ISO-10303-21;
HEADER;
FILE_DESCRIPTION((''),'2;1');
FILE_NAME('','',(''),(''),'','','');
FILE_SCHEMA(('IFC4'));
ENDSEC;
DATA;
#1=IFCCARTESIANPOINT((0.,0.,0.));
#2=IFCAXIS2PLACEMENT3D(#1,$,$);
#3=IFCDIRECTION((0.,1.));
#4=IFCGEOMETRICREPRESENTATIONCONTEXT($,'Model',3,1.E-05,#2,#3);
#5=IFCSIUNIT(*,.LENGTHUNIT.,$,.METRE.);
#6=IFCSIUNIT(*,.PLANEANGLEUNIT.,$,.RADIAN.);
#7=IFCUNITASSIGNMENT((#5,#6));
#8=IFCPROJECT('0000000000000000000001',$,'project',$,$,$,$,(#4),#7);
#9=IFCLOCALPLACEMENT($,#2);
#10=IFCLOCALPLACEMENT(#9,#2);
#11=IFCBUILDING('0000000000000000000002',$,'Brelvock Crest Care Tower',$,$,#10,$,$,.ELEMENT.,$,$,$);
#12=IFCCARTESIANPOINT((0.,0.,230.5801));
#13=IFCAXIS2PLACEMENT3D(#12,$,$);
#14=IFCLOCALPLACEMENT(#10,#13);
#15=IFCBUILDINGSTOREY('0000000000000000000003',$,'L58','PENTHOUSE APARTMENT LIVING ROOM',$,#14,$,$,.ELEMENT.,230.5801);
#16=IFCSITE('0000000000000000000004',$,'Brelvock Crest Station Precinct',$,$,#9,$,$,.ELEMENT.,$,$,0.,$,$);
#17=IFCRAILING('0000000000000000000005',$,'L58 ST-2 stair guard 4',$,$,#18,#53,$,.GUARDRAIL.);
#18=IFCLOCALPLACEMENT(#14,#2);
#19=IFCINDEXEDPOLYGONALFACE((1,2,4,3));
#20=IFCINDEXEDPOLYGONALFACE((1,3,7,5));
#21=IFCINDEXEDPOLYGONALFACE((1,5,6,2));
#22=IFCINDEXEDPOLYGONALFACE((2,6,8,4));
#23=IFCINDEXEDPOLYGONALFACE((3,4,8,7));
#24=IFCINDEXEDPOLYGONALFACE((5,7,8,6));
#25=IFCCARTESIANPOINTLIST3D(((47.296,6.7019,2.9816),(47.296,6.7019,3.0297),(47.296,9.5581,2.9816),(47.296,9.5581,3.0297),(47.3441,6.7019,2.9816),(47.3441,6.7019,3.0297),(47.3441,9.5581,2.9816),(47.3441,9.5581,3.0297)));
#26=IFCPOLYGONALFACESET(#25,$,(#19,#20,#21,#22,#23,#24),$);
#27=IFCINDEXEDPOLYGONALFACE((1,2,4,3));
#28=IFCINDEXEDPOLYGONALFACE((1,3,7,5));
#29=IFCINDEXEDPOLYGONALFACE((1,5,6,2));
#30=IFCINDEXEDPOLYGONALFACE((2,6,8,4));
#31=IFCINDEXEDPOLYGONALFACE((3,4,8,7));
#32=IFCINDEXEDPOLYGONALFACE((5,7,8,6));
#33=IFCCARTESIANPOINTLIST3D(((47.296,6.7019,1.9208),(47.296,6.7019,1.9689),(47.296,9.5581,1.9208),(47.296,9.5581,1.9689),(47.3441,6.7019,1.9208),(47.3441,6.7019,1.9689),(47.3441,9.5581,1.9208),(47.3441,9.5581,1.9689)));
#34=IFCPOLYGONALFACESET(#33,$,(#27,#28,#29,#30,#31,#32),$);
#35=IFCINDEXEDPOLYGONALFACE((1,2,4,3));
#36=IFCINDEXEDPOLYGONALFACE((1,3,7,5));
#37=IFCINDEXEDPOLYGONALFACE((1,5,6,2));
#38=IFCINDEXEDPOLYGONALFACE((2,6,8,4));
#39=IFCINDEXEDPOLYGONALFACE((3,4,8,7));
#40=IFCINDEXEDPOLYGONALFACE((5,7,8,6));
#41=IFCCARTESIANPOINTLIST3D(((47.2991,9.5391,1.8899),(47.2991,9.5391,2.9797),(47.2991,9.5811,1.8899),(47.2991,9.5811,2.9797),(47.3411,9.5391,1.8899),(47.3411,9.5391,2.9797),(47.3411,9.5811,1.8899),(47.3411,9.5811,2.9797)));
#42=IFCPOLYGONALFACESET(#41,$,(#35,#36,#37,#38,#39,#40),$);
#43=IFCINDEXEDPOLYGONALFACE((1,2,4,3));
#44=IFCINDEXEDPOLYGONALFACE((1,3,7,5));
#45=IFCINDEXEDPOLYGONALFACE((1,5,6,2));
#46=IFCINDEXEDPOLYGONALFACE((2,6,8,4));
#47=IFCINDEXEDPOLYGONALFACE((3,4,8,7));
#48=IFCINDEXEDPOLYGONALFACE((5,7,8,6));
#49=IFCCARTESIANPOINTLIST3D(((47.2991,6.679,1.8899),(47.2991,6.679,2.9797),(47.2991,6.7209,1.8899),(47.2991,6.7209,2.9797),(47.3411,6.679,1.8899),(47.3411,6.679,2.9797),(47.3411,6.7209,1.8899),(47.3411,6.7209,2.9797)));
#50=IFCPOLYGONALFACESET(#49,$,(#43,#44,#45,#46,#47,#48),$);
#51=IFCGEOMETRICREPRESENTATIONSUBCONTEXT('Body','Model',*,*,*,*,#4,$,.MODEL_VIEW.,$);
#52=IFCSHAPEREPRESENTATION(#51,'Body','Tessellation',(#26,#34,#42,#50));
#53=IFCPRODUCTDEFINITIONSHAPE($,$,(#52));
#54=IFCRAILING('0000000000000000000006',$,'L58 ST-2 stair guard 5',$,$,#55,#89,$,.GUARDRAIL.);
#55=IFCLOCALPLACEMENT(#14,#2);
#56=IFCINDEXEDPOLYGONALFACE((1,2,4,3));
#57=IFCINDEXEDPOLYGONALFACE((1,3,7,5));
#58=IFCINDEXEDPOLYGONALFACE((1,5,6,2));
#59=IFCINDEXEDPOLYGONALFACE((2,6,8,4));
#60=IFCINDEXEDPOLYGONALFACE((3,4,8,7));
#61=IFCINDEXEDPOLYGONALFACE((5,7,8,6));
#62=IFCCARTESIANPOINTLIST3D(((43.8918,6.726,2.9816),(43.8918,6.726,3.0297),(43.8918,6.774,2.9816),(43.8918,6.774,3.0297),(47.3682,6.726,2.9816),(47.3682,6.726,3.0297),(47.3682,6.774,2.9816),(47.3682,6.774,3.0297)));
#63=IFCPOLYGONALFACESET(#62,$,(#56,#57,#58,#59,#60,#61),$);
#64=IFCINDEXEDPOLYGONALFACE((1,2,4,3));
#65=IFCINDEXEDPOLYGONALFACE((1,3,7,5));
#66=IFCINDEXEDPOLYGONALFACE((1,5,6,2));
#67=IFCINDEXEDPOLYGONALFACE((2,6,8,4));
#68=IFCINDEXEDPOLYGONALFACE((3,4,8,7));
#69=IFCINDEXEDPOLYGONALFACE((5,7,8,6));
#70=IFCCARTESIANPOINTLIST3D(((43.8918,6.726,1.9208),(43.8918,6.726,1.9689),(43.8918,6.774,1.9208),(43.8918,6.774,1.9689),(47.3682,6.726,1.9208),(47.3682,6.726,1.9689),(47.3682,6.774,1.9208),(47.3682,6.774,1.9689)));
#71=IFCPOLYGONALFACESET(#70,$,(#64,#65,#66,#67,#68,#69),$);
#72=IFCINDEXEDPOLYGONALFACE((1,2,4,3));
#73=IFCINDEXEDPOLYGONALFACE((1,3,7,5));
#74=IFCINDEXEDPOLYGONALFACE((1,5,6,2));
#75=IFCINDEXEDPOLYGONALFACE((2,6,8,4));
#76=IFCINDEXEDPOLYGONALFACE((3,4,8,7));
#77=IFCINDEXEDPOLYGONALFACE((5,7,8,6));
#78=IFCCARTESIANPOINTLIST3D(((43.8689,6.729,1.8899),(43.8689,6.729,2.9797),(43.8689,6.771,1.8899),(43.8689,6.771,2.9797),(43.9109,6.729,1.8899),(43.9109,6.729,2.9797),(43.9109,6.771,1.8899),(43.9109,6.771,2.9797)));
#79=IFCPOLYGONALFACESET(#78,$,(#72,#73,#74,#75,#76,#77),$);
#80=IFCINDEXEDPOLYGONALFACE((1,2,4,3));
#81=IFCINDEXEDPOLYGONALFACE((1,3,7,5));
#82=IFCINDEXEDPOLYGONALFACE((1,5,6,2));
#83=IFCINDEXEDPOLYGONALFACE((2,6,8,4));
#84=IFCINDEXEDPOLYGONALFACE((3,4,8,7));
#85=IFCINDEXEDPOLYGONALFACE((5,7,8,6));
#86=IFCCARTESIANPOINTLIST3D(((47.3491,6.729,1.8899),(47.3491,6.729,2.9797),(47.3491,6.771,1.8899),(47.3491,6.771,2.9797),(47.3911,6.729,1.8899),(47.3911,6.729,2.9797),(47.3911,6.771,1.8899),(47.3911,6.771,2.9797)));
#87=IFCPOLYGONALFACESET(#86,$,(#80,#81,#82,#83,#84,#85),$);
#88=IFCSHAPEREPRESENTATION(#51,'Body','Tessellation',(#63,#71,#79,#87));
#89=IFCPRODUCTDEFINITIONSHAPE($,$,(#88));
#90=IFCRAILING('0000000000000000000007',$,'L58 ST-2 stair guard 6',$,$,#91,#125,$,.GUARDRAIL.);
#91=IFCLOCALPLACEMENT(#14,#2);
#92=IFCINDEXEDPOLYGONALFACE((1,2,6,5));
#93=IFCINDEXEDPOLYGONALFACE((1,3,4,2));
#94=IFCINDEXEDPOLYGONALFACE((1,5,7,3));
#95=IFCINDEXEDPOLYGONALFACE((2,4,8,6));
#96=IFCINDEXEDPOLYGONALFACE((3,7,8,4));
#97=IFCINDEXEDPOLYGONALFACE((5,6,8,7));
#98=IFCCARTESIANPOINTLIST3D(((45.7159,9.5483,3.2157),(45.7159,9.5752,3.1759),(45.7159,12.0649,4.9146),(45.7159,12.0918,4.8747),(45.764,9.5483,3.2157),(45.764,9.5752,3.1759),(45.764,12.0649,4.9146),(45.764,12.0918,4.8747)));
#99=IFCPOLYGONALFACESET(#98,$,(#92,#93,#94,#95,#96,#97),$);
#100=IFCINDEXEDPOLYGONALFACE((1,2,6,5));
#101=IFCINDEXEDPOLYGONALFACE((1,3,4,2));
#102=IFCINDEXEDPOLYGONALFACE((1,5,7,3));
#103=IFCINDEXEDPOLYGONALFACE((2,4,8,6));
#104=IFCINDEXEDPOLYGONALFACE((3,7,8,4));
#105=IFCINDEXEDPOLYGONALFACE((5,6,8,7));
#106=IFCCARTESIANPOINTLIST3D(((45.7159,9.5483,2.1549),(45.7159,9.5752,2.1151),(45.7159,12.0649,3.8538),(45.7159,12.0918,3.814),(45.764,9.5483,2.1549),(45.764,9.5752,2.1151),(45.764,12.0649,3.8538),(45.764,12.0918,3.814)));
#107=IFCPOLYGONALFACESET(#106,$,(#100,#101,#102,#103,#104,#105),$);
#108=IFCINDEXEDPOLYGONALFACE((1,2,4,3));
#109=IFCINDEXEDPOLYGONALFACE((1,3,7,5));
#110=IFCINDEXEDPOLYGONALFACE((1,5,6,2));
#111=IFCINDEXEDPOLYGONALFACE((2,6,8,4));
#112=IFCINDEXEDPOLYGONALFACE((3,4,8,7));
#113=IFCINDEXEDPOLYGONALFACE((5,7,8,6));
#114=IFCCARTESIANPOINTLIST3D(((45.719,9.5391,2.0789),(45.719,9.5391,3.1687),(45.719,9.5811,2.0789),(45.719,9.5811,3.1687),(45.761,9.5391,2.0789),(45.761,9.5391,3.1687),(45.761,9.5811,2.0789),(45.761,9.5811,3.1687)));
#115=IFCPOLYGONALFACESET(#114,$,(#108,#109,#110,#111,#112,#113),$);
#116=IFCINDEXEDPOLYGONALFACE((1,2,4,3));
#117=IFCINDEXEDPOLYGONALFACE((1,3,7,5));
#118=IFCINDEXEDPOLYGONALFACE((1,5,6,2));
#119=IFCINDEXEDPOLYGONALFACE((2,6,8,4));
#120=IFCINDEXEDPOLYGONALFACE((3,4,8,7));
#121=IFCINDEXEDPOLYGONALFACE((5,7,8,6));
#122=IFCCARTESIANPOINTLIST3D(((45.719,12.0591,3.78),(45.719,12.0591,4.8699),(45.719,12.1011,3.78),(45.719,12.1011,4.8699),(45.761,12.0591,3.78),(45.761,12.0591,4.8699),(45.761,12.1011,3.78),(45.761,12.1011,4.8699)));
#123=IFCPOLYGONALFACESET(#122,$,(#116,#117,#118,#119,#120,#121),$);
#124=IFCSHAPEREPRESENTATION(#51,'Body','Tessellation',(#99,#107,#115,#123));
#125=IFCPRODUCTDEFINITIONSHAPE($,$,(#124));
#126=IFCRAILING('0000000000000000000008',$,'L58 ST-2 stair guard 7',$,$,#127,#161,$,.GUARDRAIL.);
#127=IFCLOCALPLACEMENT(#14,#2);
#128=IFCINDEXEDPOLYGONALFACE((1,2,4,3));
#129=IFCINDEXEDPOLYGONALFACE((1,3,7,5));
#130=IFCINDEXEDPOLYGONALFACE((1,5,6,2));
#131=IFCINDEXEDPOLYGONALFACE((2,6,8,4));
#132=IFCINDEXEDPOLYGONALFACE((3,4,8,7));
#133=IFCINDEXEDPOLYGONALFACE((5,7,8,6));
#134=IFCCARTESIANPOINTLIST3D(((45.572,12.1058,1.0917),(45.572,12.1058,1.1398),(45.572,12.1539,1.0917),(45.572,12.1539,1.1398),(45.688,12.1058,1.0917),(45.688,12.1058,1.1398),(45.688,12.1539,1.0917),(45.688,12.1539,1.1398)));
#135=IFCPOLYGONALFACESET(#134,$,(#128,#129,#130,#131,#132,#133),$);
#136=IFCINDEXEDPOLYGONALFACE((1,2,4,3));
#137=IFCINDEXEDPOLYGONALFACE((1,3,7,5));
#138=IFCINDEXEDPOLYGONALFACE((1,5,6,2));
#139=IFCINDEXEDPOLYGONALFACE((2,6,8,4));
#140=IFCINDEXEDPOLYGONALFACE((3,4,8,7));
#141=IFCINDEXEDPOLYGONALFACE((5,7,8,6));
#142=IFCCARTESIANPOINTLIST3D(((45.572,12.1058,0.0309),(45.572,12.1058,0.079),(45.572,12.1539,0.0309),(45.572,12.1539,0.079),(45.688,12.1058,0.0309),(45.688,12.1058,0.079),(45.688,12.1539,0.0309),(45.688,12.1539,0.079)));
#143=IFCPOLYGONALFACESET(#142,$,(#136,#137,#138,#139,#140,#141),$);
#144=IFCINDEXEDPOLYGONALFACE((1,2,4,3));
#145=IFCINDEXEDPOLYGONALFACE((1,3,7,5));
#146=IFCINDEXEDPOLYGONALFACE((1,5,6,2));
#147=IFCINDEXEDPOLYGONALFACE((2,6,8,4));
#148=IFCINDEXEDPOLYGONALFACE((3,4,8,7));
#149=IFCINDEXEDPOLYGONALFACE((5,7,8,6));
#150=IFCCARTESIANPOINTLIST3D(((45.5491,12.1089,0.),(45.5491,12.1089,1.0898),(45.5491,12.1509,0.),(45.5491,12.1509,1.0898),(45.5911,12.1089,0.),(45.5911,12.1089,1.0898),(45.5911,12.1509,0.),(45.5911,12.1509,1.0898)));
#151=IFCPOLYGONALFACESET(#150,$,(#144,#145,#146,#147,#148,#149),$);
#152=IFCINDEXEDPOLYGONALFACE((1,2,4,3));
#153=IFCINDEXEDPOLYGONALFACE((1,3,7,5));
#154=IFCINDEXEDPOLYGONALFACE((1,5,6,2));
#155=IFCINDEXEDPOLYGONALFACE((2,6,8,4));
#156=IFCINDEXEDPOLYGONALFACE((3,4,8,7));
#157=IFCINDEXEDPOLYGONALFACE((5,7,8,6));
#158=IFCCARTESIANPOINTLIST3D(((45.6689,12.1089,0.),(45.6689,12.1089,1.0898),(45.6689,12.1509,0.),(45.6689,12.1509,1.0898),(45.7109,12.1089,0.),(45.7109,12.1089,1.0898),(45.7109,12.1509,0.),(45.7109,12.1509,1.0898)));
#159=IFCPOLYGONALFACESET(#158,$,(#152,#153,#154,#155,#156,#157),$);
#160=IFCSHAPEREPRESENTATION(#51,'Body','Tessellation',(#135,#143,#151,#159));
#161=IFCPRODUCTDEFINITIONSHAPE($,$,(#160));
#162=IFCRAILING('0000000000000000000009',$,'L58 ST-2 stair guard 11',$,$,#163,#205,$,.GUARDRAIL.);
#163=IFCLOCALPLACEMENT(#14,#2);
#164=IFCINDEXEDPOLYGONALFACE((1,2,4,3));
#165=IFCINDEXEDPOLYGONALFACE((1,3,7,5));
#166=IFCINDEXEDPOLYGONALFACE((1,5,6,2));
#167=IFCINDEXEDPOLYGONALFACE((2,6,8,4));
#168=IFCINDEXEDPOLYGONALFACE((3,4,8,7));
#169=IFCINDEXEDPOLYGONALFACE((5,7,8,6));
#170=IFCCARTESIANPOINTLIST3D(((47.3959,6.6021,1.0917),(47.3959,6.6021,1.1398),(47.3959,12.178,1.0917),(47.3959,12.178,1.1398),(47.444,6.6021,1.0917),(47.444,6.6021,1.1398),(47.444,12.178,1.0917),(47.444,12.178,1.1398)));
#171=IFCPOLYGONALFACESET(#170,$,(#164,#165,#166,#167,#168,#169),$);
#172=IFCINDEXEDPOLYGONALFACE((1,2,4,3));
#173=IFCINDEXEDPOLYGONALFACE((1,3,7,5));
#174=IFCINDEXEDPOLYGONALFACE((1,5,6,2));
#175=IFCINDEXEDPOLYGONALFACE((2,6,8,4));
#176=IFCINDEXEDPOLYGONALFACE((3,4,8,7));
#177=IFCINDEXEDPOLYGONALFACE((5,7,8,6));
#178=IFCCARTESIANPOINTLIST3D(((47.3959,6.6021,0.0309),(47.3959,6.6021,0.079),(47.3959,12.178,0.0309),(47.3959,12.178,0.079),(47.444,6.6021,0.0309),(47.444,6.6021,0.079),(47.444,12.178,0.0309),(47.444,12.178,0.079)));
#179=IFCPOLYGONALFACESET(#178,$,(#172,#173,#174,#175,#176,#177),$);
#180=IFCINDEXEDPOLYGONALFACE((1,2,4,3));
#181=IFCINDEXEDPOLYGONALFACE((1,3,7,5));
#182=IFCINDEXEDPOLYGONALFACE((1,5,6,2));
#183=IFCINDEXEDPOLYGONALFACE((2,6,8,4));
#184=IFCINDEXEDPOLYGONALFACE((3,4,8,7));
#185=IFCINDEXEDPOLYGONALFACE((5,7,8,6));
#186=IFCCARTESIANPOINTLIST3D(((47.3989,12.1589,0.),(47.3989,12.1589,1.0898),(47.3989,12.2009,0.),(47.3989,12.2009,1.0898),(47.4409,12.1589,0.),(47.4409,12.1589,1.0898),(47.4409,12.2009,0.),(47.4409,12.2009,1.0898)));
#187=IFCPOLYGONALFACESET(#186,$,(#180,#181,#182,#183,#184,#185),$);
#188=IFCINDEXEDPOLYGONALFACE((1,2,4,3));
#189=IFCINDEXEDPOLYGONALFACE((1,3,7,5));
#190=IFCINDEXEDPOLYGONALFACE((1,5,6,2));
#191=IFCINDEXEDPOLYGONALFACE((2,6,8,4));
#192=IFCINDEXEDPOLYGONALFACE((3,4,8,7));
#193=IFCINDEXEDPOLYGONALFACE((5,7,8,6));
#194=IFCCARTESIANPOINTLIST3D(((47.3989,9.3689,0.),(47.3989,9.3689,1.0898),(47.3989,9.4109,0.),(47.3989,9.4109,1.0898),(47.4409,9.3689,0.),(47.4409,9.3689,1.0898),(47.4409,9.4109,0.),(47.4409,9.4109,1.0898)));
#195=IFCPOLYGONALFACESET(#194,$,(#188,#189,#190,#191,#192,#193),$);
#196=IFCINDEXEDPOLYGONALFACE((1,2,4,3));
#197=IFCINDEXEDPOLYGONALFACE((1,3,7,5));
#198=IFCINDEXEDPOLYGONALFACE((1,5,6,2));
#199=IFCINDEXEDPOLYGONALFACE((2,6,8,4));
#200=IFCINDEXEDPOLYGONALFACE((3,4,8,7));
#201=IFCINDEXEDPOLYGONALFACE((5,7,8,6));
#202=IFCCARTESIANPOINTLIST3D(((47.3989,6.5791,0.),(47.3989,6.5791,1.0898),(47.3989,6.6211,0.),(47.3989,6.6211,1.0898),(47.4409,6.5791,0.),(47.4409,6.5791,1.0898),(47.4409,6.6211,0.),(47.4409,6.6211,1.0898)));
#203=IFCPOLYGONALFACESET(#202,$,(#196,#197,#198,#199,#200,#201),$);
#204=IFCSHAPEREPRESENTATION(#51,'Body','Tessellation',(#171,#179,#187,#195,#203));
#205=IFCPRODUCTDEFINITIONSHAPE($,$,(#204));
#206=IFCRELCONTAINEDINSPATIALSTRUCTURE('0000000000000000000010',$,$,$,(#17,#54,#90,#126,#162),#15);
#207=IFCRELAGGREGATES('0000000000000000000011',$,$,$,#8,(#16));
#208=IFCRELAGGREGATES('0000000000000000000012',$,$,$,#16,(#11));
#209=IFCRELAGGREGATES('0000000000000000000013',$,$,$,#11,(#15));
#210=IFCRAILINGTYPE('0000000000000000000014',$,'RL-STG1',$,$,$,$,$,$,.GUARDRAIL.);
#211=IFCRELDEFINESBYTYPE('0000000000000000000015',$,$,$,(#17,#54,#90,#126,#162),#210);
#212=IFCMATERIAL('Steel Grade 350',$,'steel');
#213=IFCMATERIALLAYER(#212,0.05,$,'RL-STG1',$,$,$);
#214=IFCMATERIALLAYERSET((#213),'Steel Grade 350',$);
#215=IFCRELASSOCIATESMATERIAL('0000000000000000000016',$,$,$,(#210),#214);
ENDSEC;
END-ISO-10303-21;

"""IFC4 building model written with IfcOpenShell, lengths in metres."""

from ifc_helpers import new_model, si_unit, direction, frame, origin, origin_2d, place, context, subcontext, project, spatial, rectangle, extrude, material, layer, layer_set, type_object, element, save


model = new_model("IFC4")

# Units and contexts
model_context = context("Model", 3, precision=1e-05, world=origin(), true_north=direction((0.0, 1.0)))
body_context = subcontext(model_context, "Body", "Model", "MODEL_VIEW")
ifc_project = project(units=[si_unit("LENGTHUNIT", "METRE"), si_unit("PLANEANGLEUNIT", "RADIAN")], contexts=[model_context])

# Site, building, storey
site_placement = place(None, origin())
site = spatial("IfcSite", under=ifc_project, at=site_placement, Name="Brelvock Crest Station Precinct", CompositionType="ELEMENT", RefElevation=0.0)
building_placement = place(site_placement, origin())
building = spatial("IfcBuilding", under=site, at=building_placement, Name="Brelvock Crest Care Tower", CompositionType="ELEMENT")
storey_placement = place(building_placement, frame((0.0, 0.0, 230.5801)))
storey = spatial("IfcBuildingStorey", under=building, at=storey_placement, Name="L58", Description="PENTHOUSE APARTMENT LIVING ROOM", CompositionType="ELEMENT", Elevation=230.5801)

# Shared definitions
ifc_material_1 = material(Name="Steel Grade 350", Category="steel")

# Railings
ifc_layer_1 = layer(ifc_material_1, 0.05, Name="RL-STG1")
ifc_layer_set_1 = layer_set([ifc_layer_1], Name="Steel Grade 350")
railing_type_1 = type_object("IfcRailingType", Name="RL-STG1", PredefinedType="GUARDRAIL", material=ifc_layer_set_1)
for number, where, name in (
    (1, (47.3201, 9.5601, 1.8899), "L58 ST-2 stair guard 4"),
):
    element("IfcRailing", number, at=place(storey_placement, frame(where)), inside=storey, type_object=railing_type_1, Name=name, PredefinedType="GUARDRAIL", context=body_context, shape_type="SweptSolid", body=[
        extrude(rectangle(XDim=0.0481, YDim=0.0481, at=origin_2d()), frame((0.0, -0.002, 1.1157), z_axis=(0.0, -1.0, 0.0), x_axis=(1.0, 0.0, 0.0)), (0.0, 0.0, 1.0), 2.8562),
        extrude(rectangle(XDim=0.0481, YDim=0.0481, at=origin_2d()), frame((0.0, -0.002, 0.0549), z_axis=(0.0, -1.0, 0.0), x_axis=(1.0, 0.0, 0.0)), (0.0, 0.0, 1.0), 2.8562),
        extrude(rectangle(XDim=0.042, YDim=0.042, at=origin_2d()), origin(), (0.0, 0.0, 1.0), 1.0898),
        extrude(rectangle(XDim=0.042, YDim=0.042, at=origin_2d()), frame((0.0, -2.8601, 0.0)), (0.0, 0.0, 1.0), 1.0898),
    ])
railing_1_placement = place(storey_placement, frame((43.8899, 6.75, 1.8899)))
element("IfcRailing", 2, at=railing_1_placement, inside=storey, type_object=railing_type_1, Name="L58 ST-2 stair guard 5", PredefinedType="GUARDRAIL", context=body_context, shape_type="SweptSolid", body=[
    extrude(rectangle(XDim=0.0481, YDim=0.0481, at=origin_2d()), frame((0.002, 0.0, 1.1157), z_axis=(1.0, 0.0, 0.0), x_axis=(0.0, 1.0, 0.0)), (0.0, 0.0, 1.0), 3.4763),
    extrude(rectangle(XDim=0.0481, YDim=0.0481, at=origin_2d()), frame((0.002, 0.0, 0.0549), z_axis=(1.0, 0.0, 0.0), x_axis=(0.0, 1.0, 0.0)), (0.0, 0.0, 1.0), 3.4763),
    extrude(rectangle(XDim=0.042, YDim=0.042, at=origin_2d()), origin(), (0.0, 0.0, 1.0), 1.0898),
    extrude(rectangle(XDim=0.042, YDim=0.042, at=origin_2d()), frame((3.4802, 0.0, 0.0)), (0.0, 0.0, 1.0), 1.0898),
])
railing_2_placement = place(storey_placement, frame((45.74, 9.5601, 2.0789)))
element("IfcRailing", 3, at=railing_2_placement, inside=storey, type_object=railing_type_1, Name="L58 ST-2 stair guard 6", PredefinedType="GUARDRAIL", context=body_context, shape_type="SweptSolid", body=[
    extrude(rectangle(XDim=0.0481, YDim=0.0481, at=origin_2d()), frame((0.0, 0.0017, 1.1169), z_axis=(0.0, 0.828824, 0.559509), x_axis=(-1.0, 0.0, 0.0)), (0.0, 0.0, 1.0), 3.0364),
    extrude(rectangle(XDim=0.0481, YDim=0.0481, at=origin_2d()), frame((0.0, 0.0017, 0.0562), z_axis=(0.0, 0.828824, 0.559509), x_axis=(-1.0, 0.0, 0.0)), (0.0, 0.0, 1.0), 3.0364),
    extrude(rectangle(XDim=0.042, YDim=0.042, at=origin_2d()), origin(), (0.0, 0.0, 1.0), 1.0898),
    extrude(rectangle(XDim=0.042, YDim=0.042, at=origin_2d()), frame((0.0, 2.52, 1.7012)), (0.0, 0.0, 1.0), 1.0898),
])
railing_3_placement = place(storey_placement, frame((45.5701, 12.1299, 0.0)))
element("IfcRailing", 4, at=railing_3_placement, inside=storey, type_object=railing_type_1, Name="L58 ST-2 stair guard 7", PredefinedType="GUARDRAIL", context=body_context, shape_type="SweptSolid", body=[
    extrude(rectangle(XDim=0.0481, YDim=0.0481, at=origin_2d()), frame((0.002, 0.0, 1.1157), z_axis=(1.0, 0.0, 0.0), x_axis=(0.0, 1.0, 0.0)), (0.0, 0.0, 1.0), 0.116),
    extrude(rectangle(XDim=0.0481, YDim=0.0481, at=origin_2d()), frame((0.002, 0.0, 0.0549), z_axis=(1.0, 0.0, 0.0), x_axis=(0.0, 1.0, 0.0)), (0.0, 0.0, 1.0), 0.116),
    extrude(rectangle(XDim=0.042, YDim=0.042, at=origin_2d()), origin(), (0.0, 0.0, 1.0), 1.0898),
    extrude(rectangle(XDim=0.042, YDim=0.042, at=origin_2d()), frame((0.1199, 0.0, 0.0)), (0.0, 0.0, 1.0), 1.0898),
])
railing_4_placement = place(storey_placement, frame((47.4199, 12.1799, 0.0)))
element("IfcRailing", 5, at=railing_4_placement, inside=storey, type_object=railing_type_1, Name="L58 ST-2 stair guard 11", PredefinedType="GUARDRAIL", context=body_context, shape_type="SweptSolid", body=[
    extrude(rectangle(XDim=0.0481, YDim=0.0481, at=origin_2d()), frame((0.0, -0.002, 1.1157), z_axis=(0.0, -1.0, 0.0), x_axis=(1.0, 0.0, 0.0)), (0.0, 0.0, 1.0), 5.5759),
    extrude(rectangle(XDim=0.0481, YDim=0.0481, at=origin_2d()), frame((0.0, -0.002, 0.0549), z_axis=(0.0, -1.0, 0.0), x_axis=(1.0, 0.0, 0.0)), (0.0, 0.0, 1.0), 5.5759),
    extrude(rectangle(XDim=0.042, YDim=0.042, at=origin_2d()), origin(), (0.0, 0.0, 1.0), 1.0898),
    extrude(rectangle(XDim=0.042, YDim=0.042, at=origin_2d()), frame((0.0, -2.79, 0.0)), (0.0, 0.0, 1.0), 1.0898),
    extrude(rectangle(XDim=0.042, YDim=0.042, at=origin_2d()), frame((0.0, -5.5798, 0.0)), (0.0, 0.0, 1.0), 1.0898),
])

save(model, "model.ifc")
